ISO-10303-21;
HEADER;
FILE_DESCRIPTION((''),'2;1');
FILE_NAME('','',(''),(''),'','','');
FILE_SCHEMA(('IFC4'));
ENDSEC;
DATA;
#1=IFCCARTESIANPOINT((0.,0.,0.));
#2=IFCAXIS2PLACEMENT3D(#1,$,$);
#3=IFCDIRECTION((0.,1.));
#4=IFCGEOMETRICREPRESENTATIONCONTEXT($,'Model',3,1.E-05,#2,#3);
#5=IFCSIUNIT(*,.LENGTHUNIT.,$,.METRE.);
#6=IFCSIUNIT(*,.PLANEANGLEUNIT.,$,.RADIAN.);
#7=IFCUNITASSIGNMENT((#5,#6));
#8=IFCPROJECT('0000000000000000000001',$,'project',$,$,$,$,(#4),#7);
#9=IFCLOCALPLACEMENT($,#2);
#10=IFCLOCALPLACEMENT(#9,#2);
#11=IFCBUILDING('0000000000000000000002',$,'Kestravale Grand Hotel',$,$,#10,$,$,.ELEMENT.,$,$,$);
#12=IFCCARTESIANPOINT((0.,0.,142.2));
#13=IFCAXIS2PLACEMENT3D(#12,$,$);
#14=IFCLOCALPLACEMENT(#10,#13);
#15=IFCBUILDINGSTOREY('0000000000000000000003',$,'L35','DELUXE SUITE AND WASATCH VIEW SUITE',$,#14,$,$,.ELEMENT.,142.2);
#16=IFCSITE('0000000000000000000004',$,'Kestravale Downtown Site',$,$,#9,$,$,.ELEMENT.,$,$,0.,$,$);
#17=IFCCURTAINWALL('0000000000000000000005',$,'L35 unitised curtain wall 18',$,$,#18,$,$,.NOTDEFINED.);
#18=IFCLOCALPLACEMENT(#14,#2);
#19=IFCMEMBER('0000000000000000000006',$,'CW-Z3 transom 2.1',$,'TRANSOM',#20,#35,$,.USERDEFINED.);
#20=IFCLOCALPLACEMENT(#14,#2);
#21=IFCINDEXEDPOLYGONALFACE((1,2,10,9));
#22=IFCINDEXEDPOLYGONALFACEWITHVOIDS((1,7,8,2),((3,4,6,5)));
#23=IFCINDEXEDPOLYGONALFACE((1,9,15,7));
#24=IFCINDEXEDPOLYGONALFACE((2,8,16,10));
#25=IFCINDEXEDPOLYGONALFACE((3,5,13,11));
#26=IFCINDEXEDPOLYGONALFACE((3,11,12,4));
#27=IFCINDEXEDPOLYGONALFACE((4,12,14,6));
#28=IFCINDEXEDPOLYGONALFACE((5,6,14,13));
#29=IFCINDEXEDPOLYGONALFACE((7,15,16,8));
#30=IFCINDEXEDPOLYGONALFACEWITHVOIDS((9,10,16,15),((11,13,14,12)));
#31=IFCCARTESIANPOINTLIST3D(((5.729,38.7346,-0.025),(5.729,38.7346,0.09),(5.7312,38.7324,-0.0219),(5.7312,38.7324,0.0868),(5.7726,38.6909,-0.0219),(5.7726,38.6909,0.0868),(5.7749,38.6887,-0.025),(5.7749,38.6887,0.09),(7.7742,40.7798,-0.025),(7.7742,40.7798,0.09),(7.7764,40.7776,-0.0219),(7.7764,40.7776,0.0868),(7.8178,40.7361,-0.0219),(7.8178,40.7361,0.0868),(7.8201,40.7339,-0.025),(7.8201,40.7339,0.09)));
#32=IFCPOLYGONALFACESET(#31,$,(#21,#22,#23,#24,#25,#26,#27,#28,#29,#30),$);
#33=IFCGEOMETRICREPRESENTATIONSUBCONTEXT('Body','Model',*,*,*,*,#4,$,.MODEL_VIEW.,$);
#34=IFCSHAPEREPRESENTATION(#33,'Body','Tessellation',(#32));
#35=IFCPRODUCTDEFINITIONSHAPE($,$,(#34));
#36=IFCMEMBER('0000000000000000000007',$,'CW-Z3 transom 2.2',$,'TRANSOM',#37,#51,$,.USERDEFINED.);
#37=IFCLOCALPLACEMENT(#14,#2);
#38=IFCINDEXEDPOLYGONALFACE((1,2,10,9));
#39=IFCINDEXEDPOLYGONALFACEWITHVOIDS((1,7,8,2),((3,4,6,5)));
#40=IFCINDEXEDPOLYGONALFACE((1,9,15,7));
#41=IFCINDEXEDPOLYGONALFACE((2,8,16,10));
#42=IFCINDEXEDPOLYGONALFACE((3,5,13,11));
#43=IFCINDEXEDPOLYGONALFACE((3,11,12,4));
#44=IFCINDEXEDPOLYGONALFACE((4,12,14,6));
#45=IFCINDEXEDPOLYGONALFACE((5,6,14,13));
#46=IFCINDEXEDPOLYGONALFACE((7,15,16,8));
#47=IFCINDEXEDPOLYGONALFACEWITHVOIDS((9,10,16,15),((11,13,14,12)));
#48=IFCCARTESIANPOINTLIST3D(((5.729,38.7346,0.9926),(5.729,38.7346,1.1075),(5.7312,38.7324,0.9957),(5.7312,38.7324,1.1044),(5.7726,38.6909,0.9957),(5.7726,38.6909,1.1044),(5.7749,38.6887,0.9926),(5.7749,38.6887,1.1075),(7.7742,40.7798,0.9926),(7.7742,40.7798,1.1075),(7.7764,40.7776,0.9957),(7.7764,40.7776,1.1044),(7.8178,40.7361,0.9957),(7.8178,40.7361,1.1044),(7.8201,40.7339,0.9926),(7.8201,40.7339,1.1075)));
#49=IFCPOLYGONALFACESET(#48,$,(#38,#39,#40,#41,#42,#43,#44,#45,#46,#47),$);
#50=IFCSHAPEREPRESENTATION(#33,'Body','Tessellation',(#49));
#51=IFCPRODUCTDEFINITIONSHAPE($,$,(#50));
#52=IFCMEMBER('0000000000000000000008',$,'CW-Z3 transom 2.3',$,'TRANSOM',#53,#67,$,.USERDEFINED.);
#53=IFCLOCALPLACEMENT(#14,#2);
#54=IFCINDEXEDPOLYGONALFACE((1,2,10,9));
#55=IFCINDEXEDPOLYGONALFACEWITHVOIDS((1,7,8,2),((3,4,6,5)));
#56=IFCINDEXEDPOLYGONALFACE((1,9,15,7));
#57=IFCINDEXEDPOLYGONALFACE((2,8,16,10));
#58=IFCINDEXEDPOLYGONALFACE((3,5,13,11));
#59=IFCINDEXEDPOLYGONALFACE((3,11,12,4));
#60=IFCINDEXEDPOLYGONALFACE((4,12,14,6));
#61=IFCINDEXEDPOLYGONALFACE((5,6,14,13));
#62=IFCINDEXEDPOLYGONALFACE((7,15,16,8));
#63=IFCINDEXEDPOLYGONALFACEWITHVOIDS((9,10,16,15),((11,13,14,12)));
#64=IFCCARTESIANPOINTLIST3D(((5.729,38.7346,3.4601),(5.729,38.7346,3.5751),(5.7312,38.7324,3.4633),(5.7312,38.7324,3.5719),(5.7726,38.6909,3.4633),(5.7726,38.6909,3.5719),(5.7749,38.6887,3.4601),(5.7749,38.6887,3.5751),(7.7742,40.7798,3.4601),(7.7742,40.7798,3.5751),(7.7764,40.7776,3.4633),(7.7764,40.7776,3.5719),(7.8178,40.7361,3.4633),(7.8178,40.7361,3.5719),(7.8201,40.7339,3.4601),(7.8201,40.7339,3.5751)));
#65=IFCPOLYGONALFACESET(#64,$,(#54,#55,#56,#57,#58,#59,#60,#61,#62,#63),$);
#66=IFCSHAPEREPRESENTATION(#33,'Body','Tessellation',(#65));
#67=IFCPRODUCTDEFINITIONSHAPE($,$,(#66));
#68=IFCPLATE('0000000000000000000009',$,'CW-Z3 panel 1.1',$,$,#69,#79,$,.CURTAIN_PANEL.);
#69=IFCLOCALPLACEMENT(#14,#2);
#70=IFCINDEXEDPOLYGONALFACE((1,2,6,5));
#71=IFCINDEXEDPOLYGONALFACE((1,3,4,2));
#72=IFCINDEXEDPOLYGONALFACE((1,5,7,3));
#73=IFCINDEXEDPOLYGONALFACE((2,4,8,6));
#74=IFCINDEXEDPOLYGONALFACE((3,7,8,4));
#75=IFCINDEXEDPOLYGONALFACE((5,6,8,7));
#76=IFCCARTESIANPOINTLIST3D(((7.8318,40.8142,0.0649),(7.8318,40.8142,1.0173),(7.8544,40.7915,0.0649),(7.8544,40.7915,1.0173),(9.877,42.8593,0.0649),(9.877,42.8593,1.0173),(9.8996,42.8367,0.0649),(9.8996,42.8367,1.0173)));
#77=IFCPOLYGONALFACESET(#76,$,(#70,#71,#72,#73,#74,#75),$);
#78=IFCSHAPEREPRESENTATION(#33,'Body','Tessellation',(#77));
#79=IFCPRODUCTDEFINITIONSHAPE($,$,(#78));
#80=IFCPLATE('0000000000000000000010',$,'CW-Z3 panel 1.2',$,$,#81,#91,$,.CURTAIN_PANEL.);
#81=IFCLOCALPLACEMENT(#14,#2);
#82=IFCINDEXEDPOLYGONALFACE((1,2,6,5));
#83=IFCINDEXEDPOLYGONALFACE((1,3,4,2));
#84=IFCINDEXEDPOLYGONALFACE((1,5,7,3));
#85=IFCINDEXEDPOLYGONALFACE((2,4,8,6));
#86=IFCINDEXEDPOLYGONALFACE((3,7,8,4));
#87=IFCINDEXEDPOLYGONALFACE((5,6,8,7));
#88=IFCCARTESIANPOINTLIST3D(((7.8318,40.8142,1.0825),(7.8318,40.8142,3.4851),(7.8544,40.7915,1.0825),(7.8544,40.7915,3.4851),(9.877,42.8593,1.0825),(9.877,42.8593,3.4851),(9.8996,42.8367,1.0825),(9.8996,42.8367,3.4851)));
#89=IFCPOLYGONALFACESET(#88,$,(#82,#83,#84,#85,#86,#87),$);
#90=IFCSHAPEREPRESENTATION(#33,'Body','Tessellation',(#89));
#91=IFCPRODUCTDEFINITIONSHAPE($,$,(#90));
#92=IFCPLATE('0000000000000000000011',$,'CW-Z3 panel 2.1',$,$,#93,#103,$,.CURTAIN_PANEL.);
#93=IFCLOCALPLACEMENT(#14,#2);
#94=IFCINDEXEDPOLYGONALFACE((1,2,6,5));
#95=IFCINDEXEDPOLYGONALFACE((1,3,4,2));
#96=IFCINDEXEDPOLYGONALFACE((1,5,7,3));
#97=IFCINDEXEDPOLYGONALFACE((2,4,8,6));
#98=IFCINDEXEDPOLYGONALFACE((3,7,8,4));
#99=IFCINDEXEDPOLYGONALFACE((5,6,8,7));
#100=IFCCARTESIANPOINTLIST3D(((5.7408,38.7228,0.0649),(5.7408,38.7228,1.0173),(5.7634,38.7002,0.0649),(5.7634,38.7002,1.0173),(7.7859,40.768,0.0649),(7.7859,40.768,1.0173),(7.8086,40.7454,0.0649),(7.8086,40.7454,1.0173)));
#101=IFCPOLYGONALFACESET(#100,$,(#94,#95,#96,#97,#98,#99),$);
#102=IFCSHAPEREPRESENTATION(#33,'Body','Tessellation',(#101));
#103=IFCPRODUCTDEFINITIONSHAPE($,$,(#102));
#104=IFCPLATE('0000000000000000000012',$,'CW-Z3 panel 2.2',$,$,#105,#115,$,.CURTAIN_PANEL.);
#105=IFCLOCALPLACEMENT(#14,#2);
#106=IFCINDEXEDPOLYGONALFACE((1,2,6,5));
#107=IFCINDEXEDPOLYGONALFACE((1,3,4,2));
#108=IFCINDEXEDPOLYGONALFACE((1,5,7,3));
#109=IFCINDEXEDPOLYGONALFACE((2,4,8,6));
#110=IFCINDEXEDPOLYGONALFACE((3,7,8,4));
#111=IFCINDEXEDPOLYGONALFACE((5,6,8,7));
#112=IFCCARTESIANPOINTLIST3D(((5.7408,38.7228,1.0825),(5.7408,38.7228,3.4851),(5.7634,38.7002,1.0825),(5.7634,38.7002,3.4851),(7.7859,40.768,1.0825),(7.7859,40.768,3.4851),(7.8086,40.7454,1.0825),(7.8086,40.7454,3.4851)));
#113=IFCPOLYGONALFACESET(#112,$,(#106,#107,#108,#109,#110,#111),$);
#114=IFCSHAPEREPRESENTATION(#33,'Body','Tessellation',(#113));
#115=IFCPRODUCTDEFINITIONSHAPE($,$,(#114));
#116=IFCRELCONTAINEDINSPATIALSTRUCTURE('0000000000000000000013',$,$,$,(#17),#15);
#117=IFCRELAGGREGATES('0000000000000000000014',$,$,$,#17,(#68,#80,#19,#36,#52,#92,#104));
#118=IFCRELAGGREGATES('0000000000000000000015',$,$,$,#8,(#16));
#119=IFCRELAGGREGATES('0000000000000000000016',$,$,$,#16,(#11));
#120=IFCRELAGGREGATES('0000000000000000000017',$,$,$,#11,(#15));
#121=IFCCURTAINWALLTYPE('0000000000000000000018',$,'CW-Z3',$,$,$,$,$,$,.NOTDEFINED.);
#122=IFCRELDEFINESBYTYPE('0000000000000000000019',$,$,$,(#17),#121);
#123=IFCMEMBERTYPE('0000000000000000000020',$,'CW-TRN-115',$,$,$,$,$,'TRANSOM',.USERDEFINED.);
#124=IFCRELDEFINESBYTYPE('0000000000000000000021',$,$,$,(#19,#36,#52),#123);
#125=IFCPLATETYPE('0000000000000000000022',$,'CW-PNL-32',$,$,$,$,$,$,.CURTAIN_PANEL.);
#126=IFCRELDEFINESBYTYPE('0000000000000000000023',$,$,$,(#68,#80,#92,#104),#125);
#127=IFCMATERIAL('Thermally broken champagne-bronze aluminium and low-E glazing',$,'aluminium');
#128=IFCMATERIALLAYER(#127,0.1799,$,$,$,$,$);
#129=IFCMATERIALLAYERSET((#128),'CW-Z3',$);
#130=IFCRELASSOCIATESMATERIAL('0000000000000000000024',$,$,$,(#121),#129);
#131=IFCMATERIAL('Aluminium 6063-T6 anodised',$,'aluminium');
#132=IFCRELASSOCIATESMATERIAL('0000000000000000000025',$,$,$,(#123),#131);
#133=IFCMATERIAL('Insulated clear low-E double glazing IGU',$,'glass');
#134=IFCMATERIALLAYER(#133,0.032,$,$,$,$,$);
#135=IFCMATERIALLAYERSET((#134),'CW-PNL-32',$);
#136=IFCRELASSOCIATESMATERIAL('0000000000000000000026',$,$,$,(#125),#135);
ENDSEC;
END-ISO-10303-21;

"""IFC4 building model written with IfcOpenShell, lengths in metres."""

from ifc_helpers import new_model, si_unit, direction, frame, origin, origin_2d, place, context, subcontext, project, spatial, rectangle, hollow_rectangle, extrude, material, layer, layer_set, material_profile, profile_set, type_object, element, aggregate, save


model = new_model("IFC4")

# Units and contexts
model_context = context("Model", 3, precision=1e-05, world=origin(), true_north=direction((0.0, 1.0)))
body_context = subcontext(model_context, "Body", "Model", "MODEL_VIEW")
ifc_project = project(units=[si_unit("LENGTHUNIT", "METRE"), si_unit("PLANEANGLEUNIT", "RADIAN")], contexts=[model_context])

# Site, building, storey
site_placement = place(None, origin())
site = spatial("IfcSite", under=ifc_project, at=site_placement, Name="Kestravale Downtown Site", CompositionType="ELEMENT", RefElevation=0.0)
building_placement = place(site_placement, origin())
building = spatial("IfcBuilding", under=site, at=building_placement, Name="Kestravale Grand Hotel", CompositionType="ELEMENT")
storey_placement = place(building_placement, frame((0.0, 0.0, 142.2)))
storey = spatial("IfcBuildingStorey", under=building, at=storey_placement, Name="L35", Description="DELUXE SUITE AND WASATCH VIEW SUITE", CompositionType="ELEMENT", Elevation=142.2)

# Curtain wall, members, plates
ifc_material_1 = material(Name="Thermally broken champagne-bronze aluminium and low-E glazing", Category="aluminium")
ifc_layer_1 = layer(ifc_material_1, 0.1799)
ifc_layer_set_1 = layer_set([ifc_layer_1], Name="CW-Z3")
curtain_wall_type = type_object("IfcCurtainWallType", Name="CW-Z3", PredefinedType="NOTDEFINED", material=ifc_layer_set_1)
curtain_wall_placement = place(storey_placement, origin())
curtain_wall = element("IfcCurtainWall", 1, at=curtain_wall_placement, inside=storey, type_object=curtain_wall_type, Name="L35 unitised curtain wall 18", PredefinedType="NOTDEFINED")
ifc_material_2 = material(Name="Aluminium 6063-T6 anodised", Category="aluminium")
ifc_material_profile_1 = material_profile(ifc_material_2, hollow_rectangle(XDim=0.0649, YDim=0.115, WallThickness=0.0032, at=origin_2d()))
ifc_profile_set_1 = profile_set([ifc_material_profile_1], Name="Aluminium 6063-T6 anodised")
member_type_1 = type_object("IfcMemberType", Name="CW-TRN-115", ElementType="TRANSOM", PredefinedType="USERDEFINED", material=ifc_profile_set_1)
member_1_placement = place(storey_placement, frame((7.7971, 40.7568, 0.0325), z_axis=(-0.707107, -0.707107, 0.0), x_axis=(0.707107, -0.707107, 0.0)))
member_1 = element("IfcMember", 2, at=member_1_placement, type_object=member_type_1, Name="CW-Z3 transom 2.1", ObjectType="TRANSOM", PredefinedType="USERDEFINED", context=body_context, shape_type="SweptSolid", body=[
    extrude(hollow_rectangle(XDim=0.0649, YDim=0.115, WallThickness=0.0032, at=origin_2d()), origin(), (0.0, 0.0, 1.0), 2.8923),
])
member_2_placement = place(storey_placement, frame((7.7971, 40.7568, 1.05), z_axis=(-0.707107, -0.707107, 0.0), x_axis=(0.707107, -0.707107, 0.0)))
member_2 = element("IfcMember", 3, at=member_2_placement, type_object=member_type_1, Name="CW-Z3 transom 2.2", ObjectType="TRANSOM", PredefinedType="USERDEFINED", context=body_context, shape_type="SweptSolid", body=[
    extrude(hollow_rectangle(XDim=0.0649, YDim=0.115, WallThickness=0.0032, at=origin_2d()), origin(), (0.0, 0.0, 1.0), 2.8923),
])
member_3_placement = place(storey_placement, frame((7.7971, 40.7568, 3.5176), z_axis=(-0.707107, -0.707107, 0.0), x_axis=(0.707107, -0.707107, 0.0)))
member_3 = element("IfcMember", 4, at=member_3_placement, type_object=member_type_1, Name="CW-Z3 transom 2.3", ObjectType="TRANSOM", PredefinedType="USERDEFINED", context=body_context, shape_type="SweptSolid", body=[
    extrude(hollow_rectangle(XDim=0.0649, YDim=0.115, WallThickness=0.0032, at=origin_2d()), origin(), (0.0, 0.0, 1.0), 2.8923),
])
ifc_material_3 = material(Name="Insulated clear low-E double glazing IGU", Category="glass")
ifc_layer_2 = layer(ifc_material_3, 0.032)
ifc_layer_set_2 = layer_set([ifc_layer_2], Name="CW-PNL-32")
plate_type = type_object("IfcPlateType", Name="CW-PNL-32", PredefinedType="CURTAIN_PANEL", material=ifc_layer_set_2)
plate_1_placement = place(storey_placement, frame((8.8657, 41.8254, 0.0649), z_axis=(0.0, 0.0, 1.0), x_axis=(-0.707107, -0.707107, 0.0)))
plate_1 = element("IfcPlate", 5, at=plate_1_placement, type_object=plate_type, Name="CW-Z3 panel 1.1", PredefinedType="CURTAIN_PANEL", context=body_context, shape_type="SweptSolid", body=[
    extrude(rectangle(XDim=2.8923, YDim=0.032, at=origin_2d()), origin(), (0.0, 0.0, 1.0), 0.9524),
])
plate_2_placement = place(storey_placement, frame((8.8657, 41.8254, 1.0825), z_axis=(0.0, 0.0, 1.0), x_axis=(-0.707107, -0.707107, 0.0)))
plate_2 = element("IfcPlate", 6, at=plate_2_placement, type_object=plate_type, Name="CW-Z3 panel 1.2", PredefinedType="CURTAIN_PANEL", context=body_context, shape_type="SweptSolid", body=[
    extrude(rectangle(XDim=2.8923, YDim=0.032, at=origin_2d()), origin(), (0.0, 0.0, 1.0), 2.4026),
])
plate_3_placement = place(storey_placement, frame((6.7747, 39.7341, 0.0649), z_axis=(0.0, 0.0, 1.0), x_axis=(-0.707107, -0.707107, 0.0)))
plate_3 = element("IfcPlate", 7, at=plate_3_placement, type_object=plate_type, Name="CW-Z3 panel 2.1", PredefinedType="CURTAIN_PANEL", context=body_context, shape_type="SweptSolid", body=[
    extrude(rectangle(XDim=2.8923, YDim=0.032, at=origin_2d()), origin(), (0.0, 0.0, 1.0), 0.9524),
])
plate_4_placement = place(storey_placement, frame((6.7747, 39.7341, 1.0825), z_axis=(0.0, 0.0, 1.0), x_axis=(-0.707107, -0.707107, 0.0)))
plate_4 = element("IfcPlate", 8, at=plate_4_placement, type_object=plate_type, Name="CW-Z3 panel 2.2", PredefinedType="CURTAIN_PANEL", context=body_context, shape_type="SweptSolid", body=[
    extrude(rectangle(XDim=2.8923, YDim=0.032, at=origin_2d()), origin(), (0.0, 0.0, 1.0), 2.4026),
])
aggregate(curtain_wall, [plate_1, plate_2, member_1, member_2, member_3, plate_3, plate_4])

save(model, "model.ifc")
